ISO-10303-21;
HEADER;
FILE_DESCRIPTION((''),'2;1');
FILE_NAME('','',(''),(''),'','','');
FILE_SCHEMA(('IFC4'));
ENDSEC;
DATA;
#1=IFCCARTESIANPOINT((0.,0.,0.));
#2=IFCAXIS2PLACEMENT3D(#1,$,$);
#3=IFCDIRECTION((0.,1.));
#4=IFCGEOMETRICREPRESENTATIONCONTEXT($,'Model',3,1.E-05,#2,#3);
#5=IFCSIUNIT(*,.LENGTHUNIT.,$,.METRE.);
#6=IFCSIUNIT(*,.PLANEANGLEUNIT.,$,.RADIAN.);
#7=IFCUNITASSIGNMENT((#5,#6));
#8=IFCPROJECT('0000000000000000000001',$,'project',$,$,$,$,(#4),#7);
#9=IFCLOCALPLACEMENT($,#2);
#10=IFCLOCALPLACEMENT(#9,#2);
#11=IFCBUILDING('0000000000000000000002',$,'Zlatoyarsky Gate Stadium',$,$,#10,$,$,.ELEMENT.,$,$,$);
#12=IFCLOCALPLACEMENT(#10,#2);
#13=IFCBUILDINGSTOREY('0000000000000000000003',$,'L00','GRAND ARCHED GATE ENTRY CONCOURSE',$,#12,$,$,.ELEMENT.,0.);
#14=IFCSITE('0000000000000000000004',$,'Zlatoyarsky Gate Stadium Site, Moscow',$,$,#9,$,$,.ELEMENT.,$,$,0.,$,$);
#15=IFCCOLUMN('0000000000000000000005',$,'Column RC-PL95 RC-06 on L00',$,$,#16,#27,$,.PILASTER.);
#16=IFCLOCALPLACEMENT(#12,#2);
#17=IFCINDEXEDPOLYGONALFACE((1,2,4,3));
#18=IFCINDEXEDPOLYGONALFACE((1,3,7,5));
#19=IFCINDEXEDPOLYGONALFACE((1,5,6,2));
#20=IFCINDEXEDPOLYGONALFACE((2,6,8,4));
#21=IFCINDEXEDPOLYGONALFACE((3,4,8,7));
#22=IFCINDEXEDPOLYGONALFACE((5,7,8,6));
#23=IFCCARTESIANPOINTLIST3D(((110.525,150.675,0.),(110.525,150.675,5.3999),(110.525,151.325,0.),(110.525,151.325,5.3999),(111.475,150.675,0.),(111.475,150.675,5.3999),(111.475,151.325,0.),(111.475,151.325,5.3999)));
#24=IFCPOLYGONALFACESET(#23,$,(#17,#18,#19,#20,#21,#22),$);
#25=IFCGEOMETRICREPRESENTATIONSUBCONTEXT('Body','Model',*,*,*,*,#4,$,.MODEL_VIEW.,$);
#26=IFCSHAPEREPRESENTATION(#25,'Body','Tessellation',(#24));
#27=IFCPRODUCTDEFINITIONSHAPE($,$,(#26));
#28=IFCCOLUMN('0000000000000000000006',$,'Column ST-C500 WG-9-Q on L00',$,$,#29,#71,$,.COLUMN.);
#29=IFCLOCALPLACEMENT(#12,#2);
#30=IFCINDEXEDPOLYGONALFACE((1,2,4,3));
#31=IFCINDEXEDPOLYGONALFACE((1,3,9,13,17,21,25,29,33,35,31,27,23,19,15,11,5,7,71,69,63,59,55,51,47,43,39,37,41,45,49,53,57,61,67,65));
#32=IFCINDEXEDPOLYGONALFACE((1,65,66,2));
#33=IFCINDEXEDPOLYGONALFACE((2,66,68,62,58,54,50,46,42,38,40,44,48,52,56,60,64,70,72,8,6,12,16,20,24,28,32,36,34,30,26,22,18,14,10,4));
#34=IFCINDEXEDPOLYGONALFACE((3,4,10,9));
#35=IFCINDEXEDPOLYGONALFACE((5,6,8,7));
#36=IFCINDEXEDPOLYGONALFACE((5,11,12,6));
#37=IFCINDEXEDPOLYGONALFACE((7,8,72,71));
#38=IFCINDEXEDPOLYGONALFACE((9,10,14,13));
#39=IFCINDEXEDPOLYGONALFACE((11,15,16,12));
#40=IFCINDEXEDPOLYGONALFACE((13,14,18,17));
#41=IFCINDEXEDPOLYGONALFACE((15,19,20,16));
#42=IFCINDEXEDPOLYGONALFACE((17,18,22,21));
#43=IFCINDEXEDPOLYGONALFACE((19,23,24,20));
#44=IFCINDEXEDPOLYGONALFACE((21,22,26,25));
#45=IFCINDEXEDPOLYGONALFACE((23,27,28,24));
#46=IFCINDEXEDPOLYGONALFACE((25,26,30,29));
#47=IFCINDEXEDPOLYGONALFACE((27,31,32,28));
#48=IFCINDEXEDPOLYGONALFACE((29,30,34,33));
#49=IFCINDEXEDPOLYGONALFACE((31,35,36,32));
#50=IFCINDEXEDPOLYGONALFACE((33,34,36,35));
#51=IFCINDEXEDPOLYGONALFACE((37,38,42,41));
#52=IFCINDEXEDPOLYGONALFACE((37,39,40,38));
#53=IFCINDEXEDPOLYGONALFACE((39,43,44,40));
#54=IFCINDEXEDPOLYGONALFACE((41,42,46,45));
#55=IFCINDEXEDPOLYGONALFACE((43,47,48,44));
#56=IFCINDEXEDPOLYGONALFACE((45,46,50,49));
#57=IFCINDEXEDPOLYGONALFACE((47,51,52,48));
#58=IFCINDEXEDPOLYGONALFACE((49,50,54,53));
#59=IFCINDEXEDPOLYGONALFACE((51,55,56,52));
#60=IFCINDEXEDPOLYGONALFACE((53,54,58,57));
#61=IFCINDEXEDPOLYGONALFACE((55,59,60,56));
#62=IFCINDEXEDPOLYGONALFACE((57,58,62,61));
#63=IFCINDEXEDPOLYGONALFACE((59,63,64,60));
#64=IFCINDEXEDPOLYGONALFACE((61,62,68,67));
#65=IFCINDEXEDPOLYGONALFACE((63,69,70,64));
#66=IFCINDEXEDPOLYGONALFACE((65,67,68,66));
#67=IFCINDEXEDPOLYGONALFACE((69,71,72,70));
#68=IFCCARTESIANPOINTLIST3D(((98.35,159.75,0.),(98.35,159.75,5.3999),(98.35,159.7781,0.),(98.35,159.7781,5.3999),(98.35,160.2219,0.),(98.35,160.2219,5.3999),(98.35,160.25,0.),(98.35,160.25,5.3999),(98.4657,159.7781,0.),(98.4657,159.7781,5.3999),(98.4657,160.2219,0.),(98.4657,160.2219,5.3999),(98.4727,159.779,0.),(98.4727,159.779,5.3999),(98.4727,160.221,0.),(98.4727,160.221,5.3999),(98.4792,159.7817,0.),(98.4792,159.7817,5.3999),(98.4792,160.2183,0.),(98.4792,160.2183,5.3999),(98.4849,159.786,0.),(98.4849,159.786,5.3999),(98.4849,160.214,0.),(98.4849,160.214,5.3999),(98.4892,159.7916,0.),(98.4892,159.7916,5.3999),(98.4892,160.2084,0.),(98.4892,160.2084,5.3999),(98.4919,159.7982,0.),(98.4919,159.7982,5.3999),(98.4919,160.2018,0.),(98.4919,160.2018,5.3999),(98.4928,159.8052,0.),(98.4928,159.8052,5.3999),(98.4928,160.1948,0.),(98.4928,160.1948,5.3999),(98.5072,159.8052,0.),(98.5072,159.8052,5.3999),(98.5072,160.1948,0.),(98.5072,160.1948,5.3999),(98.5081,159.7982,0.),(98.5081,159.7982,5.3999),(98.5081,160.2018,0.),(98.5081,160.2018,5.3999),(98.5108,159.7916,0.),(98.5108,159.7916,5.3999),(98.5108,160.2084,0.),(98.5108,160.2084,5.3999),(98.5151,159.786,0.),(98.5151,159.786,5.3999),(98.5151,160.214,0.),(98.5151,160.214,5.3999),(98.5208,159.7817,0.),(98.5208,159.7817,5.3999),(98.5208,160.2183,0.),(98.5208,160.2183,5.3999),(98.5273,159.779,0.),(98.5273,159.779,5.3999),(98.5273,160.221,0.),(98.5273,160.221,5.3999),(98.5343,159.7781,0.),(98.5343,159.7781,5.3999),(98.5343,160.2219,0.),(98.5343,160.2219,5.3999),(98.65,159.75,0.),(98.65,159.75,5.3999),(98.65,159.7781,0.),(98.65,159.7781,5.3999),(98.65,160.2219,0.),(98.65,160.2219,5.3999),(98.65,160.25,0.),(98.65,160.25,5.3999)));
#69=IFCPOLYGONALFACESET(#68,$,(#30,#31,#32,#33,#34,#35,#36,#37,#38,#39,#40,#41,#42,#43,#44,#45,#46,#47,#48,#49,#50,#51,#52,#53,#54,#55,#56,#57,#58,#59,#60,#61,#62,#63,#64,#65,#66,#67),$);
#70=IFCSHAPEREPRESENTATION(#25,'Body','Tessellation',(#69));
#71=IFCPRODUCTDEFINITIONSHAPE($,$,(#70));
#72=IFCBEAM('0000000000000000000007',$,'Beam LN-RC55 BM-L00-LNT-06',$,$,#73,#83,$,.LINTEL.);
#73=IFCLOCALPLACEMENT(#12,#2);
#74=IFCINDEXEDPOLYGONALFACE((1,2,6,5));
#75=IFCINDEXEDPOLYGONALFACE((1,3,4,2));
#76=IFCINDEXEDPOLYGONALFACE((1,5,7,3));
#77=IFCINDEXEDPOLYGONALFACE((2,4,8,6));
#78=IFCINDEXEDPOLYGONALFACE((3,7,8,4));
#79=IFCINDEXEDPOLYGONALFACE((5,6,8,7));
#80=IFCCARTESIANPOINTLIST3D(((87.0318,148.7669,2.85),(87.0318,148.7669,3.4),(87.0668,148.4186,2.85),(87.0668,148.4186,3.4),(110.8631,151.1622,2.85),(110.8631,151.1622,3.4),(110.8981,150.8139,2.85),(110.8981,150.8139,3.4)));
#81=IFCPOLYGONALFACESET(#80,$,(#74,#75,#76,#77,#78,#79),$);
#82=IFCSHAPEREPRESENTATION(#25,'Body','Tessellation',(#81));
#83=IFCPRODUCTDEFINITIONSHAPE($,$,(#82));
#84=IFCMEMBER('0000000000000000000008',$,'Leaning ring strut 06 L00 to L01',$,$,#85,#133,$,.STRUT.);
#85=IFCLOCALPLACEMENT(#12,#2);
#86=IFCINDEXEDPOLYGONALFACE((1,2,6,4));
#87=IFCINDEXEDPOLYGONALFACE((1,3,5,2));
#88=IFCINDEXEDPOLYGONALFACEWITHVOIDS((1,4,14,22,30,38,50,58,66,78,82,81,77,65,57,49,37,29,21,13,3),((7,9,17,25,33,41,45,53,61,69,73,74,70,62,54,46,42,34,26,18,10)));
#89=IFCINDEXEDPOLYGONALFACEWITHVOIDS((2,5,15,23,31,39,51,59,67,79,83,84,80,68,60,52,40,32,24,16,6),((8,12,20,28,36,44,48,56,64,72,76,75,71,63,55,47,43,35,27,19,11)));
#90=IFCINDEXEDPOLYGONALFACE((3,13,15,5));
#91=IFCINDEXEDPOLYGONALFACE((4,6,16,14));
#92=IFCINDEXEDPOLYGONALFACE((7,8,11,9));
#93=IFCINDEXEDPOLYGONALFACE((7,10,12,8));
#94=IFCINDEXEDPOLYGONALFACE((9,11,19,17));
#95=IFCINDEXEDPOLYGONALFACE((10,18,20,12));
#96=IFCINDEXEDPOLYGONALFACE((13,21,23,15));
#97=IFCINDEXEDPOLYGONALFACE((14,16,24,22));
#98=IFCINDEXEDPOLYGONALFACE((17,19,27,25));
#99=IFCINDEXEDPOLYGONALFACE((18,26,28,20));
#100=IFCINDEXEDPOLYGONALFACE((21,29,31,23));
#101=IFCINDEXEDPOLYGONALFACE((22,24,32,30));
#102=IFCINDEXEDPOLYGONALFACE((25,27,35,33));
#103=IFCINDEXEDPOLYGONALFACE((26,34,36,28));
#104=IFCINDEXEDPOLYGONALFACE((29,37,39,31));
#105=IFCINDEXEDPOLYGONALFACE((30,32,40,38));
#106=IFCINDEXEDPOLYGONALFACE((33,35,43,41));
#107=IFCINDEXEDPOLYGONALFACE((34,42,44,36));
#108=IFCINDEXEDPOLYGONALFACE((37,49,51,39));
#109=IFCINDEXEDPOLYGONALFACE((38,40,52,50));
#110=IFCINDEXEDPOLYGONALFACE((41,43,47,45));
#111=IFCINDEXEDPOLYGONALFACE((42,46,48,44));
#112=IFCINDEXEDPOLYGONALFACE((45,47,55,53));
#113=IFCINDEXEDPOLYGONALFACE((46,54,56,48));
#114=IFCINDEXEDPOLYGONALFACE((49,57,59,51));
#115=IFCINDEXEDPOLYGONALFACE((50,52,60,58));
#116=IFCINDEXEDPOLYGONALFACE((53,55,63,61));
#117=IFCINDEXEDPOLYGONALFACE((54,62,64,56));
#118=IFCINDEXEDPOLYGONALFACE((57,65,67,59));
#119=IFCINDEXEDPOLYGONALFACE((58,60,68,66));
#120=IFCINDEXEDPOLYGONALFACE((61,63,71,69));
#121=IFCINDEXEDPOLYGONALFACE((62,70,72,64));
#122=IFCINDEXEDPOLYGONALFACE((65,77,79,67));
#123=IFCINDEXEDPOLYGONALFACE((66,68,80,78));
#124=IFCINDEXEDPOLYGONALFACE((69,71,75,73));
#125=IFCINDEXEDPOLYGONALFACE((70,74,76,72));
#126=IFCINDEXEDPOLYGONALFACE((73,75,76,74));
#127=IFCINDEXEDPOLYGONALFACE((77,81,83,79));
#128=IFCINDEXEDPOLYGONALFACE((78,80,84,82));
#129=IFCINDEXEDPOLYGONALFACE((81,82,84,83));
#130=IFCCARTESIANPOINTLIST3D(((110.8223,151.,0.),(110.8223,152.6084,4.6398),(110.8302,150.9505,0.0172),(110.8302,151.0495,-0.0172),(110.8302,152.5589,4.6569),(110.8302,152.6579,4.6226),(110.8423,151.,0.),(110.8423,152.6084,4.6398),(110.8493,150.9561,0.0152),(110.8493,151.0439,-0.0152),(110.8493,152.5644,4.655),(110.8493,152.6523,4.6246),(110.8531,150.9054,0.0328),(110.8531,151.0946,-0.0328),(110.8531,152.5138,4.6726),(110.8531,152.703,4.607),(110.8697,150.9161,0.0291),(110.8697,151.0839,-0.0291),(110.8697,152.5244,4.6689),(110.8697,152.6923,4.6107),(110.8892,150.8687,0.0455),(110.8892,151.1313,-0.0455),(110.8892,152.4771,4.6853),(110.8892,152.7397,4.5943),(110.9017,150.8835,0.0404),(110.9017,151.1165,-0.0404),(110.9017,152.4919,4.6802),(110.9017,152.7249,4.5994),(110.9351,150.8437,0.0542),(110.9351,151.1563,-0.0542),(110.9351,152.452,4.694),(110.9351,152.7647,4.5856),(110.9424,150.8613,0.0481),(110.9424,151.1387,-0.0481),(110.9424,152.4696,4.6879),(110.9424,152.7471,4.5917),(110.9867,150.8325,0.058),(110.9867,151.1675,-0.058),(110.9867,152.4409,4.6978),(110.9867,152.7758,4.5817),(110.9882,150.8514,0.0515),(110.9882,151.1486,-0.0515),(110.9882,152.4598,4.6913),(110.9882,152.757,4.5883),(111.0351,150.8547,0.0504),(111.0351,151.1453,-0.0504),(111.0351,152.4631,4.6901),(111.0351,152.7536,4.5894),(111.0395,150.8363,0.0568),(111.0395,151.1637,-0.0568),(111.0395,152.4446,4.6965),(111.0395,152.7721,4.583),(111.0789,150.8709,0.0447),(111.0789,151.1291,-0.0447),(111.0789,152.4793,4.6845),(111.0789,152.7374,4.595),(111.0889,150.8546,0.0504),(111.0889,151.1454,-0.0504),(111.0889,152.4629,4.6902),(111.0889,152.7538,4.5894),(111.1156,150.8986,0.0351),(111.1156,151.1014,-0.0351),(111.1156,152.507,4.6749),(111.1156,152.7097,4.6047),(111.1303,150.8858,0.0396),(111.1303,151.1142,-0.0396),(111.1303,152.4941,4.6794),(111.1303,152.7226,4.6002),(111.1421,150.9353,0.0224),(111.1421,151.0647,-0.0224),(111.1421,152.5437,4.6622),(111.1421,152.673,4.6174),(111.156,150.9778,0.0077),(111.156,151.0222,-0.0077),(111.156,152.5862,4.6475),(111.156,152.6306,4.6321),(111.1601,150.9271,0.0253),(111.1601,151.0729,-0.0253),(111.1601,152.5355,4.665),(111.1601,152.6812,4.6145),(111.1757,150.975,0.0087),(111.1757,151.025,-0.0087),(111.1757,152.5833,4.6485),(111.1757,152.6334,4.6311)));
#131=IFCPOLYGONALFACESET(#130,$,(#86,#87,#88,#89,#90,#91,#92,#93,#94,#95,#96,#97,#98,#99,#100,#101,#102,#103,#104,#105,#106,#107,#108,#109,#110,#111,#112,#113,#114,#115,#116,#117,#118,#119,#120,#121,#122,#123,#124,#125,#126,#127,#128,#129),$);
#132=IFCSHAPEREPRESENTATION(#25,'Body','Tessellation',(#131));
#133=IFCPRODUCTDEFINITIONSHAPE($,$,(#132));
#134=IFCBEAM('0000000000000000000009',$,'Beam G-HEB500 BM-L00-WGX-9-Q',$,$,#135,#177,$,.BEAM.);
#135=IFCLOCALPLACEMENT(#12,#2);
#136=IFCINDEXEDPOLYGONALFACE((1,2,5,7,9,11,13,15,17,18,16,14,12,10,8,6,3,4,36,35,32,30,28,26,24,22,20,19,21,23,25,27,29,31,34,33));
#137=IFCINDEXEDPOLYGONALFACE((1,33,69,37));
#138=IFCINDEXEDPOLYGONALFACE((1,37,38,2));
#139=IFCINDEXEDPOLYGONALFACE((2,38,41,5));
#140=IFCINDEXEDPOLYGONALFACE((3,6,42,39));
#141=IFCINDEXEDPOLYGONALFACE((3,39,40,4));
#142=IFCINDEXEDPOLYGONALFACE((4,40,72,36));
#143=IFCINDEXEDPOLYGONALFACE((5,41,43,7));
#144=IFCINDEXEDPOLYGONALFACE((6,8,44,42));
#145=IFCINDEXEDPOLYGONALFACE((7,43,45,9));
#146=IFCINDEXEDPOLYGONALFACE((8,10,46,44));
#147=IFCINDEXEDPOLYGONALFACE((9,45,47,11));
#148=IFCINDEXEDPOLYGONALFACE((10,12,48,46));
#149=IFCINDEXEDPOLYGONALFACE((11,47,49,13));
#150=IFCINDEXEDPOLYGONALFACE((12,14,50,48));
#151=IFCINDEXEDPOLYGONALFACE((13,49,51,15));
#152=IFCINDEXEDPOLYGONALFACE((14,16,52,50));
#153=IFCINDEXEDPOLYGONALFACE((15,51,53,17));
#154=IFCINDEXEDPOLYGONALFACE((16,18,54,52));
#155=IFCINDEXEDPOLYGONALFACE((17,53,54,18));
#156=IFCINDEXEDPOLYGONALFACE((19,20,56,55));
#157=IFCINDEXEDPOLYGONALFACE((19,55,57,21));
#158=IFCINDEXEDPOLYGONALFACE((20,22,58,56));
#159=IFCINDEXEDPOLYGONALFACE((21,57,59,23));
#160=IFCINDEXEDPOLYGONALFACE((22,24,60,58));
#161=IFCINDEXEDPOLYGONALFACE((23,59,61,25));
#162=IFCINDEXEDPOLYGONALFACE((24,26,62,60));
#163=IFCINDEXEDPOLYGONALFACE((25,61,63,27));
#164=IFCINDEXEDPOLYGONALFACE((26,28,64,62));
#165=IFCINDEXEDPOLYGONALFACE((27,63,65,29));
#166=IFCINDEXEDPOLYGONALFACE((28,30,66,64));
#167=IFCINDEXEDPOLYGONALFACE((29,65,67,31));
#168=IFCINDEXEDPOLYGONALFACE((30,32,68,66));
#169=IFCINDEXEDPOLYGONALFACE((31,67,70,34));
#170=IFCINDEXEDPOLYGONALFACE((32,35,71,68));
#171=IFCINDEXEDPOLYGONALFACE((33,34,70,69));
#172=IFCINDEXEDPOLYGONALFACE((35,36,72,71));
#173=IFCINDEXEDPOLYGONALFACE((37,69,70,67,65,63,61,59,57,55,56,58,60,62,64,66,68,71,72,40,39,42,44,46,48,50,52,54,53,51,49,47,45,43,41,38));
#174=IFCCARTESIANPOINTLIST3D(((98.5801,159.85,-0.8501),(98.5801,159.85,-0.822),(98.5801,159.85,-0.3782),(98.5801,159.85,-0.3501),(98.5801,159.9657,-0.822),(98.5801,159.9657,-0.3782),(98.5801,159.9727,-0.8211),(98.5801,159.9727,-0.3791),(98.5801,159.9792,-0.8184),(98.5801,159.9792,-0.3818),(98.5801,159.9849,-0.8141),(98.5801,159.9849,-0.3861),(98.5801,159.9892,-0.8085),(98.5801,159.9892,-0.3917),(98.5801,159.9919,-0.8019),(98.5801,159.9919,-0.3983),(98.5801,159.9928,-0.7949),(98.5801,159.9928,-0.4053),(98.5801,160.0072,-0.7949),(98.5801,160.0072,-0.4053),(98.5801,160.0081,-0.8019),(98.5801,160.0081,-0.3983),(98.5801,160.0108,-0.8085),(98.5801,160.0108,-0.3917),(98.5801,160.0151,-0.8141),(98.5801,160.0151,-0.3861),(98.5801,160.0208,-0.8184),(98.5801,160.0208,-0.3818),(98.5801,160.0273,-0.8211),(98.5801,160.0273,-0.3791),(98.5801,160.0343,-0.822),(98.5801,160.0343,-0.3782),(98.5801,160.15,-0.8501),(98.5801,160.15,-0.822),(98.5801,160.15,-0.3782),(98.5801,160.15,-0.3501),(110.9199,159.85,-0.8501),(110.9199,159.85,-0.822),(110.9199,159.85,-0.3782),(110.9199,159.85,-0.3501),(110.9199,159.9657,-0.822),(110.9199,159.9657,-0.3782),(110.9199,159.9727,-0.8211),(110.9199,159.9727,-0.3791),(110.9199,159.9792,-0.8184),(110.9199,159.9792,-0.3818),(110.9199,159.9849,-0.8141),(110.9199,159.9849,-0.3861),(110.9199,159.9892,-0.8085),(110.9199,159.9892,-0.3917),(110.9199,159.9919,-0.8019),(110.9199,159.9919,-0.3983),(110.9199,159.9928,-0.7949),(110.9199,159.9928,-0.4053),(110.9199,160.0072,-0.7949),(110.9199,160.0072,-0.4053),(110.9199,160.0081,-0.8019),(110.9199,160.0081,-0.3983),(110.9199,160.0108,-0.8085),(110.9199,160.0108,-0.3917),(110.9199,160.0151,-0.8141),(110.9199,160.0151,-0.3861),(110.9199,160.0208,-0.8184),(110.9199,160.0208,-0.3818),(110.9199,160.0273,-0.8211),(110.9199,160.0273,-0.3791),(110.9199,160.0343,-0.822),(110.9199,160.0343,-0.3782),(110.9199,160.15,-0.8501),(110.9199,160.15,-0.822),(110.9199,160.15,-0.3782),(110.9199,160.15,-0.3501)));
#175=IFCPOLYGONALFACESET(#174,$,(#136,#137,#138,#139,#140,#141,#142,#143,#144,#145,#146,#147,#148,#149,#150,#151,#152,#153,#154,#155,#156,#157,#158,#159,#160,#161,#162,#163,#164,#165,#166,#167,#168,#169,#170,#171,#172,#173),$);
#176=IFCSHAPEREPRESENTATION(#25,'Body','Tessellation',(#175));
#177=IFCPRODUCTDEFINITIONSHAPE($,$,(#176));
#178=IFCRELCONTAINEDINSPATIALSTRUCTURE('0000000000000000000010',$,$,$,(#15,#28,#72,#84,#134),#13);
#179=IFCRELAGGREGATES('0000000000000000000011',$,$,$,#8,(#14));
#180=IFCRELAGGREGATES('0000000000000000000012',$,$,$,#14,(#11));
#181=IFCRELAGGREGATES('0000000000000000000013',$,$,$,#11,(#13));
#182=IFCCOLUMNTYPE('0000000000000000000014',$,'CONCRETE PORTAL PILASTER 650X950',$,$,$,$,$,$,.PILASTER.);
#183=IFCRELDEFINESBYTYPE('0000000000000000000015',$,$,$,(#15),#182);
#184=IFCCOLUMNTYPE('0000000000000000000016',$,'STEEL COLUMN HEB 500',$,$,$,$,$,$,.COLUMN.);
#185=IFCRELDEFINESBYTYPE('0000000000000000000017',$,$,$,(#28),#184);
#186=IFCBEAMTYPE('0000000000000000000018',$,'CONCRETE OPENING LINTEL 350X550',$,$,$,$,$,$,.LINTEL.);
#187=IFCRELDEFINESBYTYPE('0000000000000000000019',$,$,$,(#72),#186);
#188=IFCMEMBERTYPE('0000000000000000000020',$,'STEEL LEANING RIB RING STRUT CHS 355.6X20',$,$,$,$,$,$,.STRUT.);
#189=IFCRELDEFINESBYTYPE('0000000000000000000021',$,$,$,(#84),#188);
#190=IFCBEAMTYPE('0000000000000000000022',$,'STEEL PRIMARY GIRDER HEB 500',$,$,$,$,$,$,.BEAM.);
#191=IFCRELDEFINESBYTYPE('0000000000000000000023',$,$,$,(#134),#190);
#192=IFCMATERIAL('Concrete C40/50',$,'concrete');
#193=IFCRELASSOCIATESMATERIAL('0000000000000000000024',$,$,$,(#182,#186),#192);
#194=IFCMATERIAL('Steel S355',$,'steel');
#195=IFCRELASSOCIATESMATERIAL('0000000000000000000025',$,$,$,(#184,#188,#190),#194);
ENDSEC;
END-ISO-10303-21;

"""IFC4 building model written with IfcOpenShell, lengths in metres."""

from ifc_helpers import new_model, si_unit, direction, frame, origin, origin_2d, place, context, subcontext, project, spatial, rectangle, hollow_circle, i_section, extrude, material, material_profile, profile_set, type_object, element, save


model = new_model("IFC4")

# Units and contexts
model_context = context("Model", 3, precision=1e-05, world=origin(), true_north=direction((0.0, 1.0)))
body_context = subcontext(model_context, "Body", "Model", "MODEL_VIEW")
ifc_project = project(units=[si_unit("LENGTHUNIT", "METRE"), si_unit("PLANEANGLEUNIT", "RADIAN")], contexts=[model_context])

# Site, building, storey
site_placement = place(None, origin())
site = spatial("IfcSite", under=ifc_project, at=site_placement, Name="Zlatoyarsky Gate Stadium Site, Moscow", CompositionType="ELEMENT", RefElevation=0.0)
building_placement = place(site_placement, origin())
building = spatial("IfcBuilding", under=site, at=building_placement, Name="Zlatoyarsky Gate Stadium", CompositionType="ELEMENT")
storey_placement = place(building_placement, origin())
storey = spatial("IfcBuildingStorey", under=building, at=storey_placement, Name="L00", Description="GRAND ARCHED GATE ENTRY CONCOURSE", CompositionType="ELEMENT", Elevation=0.0)

# Columns
ifc_material_1 = material(Name="Concrete C40/50", Category="concrete")
ifc_material_profile_1 = material_profile(ifc_material_1, rectangle(XDim=0.6499, YDim=0.95, at=origin_2d()), Name="RC PILASTER 650X950")
ifc_profile_set_1 = profile_set([ifc_material_profile_1], Name="Concrete C40/50")
column_type_1 = type_object("IfcColumnType", Name="CONCRETE PORTAL PILASTER 650X950", PredefinedType="PILASTER", material=ifc_profile_set_1)
column_1_placement = place(storey_placement, frame((111.0, 151.0, 0.0), z_axis=(0.0, 0.0, 1.0), x_axis=(0.0, 1.0, 0.0)))
element("IfcColumn", 1, at=column_1_placement, inside=storey, type_object=column_type_1, Name="Column RC-PL95 RC-06 on L00", PredefinedType="PILASTER", context=body_context, shape_type="SweptSolid", body=[
    extrude(rectangle(XDim=0.6499, YDim=0.95, at=origin_2d()), origin(), (0.0, 0.0, 1.0), 5.3999),
])
ifc_material_2 = material(Name="Steel S355", Category="steel")
ifc_material_profile_2 = material_profile(ifc_material_2, i_section(OverallWidth=0.3, OverallDepth=0.5, WebThickness=0.0144, FlangeThickness=0.0281, FilletRadius=0.0271, at=origin_2d()), Name="HEB 500")
ifc_profile_set_2 = profile_set([ifc_material_profile_2], Name="Steel S355")
column_type_2 = type_object("IfcColumnType", Name="STEEL COLUMN HEB 500", PredefinedType="COLUMN", material=ifc_profile_set_2)
column_2_placement = place(storey_placement, frame((98.5, 160.0, 0.0), z_axis=(0.0, 0.0, 1.0), x_axis=(1.0, 0.0, 0.0)))
element("IfcColumn", 2, at=column_2_placement, inside=storey, type_object=column_type_2, Name="Column ST-C500 WG-9-Q on L00", PredefinedType="COLUMN", context=body_context, shape_type="SweptSolid", body=[
    extrude(i_section(OverallWidth=0.3, OverallDepth=0.5, WebThickness=0.0144, FlangeThickness=0.0281, FilletRadius=0.0271, at=origin_2d()), origin(), (0.0, 0.0, 1.0), 5.3999),
])

# Beam
ifc_material_profile_3 = material_profile(ifc_material_1, rectangle(XDim=0.3501, YDim=0.55, at=origin_2d()), Name="RC LINTEL 350X550")
ifc_profile_set_3 = profile_set([ifc_material_profile_3], Name="Concrete C40/50")
beam_type_1 = type_object("IfcBeamType", Name="CONCRETE OPENING LINTEL 350X550", PredefinedType="LINTEL", material=ifc_profile_set_3)
beam_1_placement = place(storey_placement, frame((110.8806, 150.988, 3.125), z_axis=(-0.994987, -0.100005, 0.0), x_axis=(0.100005, -0.994987, 0.0)))
element("IfcBeam", 3, at=beam_1_placement, inside=storey, type_object=beam_type_1, Name="Beam LN-RC55 BM-L00-LNT-06", PredefinedType="LINTEL", context=body_context, shape_type="SweptSolid", body=[
    extrude(rectangle(XDim=0.3501, YDim=0.55, at=origin_2d()), origin(), (0.0, 0.0, 1.0), 23.9514),
])

# Member
ifc_material_profile_4 = material_profile(ifc_material_2, hollow_circle(Radius=0.1777, WallThickness=0.02, at=origin_2d()), Name="CHS 355.6X20")
ifc_profile_set_4 = profile_set([ifc_material_profile_4], Name="Steel S355")
member_type = type_object("IfcMemberType", Name="STEEL LEANING RIB RING STRUT CHS 355.6X20", PredefinedType="STRUT", material=ifc_profile_set_4)
member_placement = place(storey_placement, frame((111.0, 151.0, 0.0), z_axis=(0.0, 0.327525, 0.944842), x_axis=(-1.0, 0.0, 0.0)))
element("IfcMember", 4, at=member_placement, inside=storey, type_object=member_type, Name="Leaning ring strut 06 L00 to L01", PredefinedType="STRUT", context=body_context, shape_type="SweptSolid", body=[
    extrude(hollow_circle(Radius=0.1777, WallThickness=0.02, at=origin_2d()), origin(), (0.0, 0.0, 1.0), 4.9106),
])

# Beam
ifc_material_profile_5 = material_profile(ifc_material_2, i_section(OverallWidth=0.3, OverallDepth=0.5, WebThickness=0.0144, FlangeThickness=0.0281, FilletRadius=0.0271, at=origin_2d()), Name="HEB 500")
ifc_profile_set_5 = profile_set([ifc_material_profile_5], Name="Steel S355")
beam_type_2 = type_object("IfcBeamType", Name="STEEL PRIMARY GIRDER HEB 500", PredefinedType="BEAM", material=ifc_profile_set_5)
beam_2_placement = place(storey_placement, frame((98.5801, 160.0, -0.6001), z_axis=(1.0, 0.0, 0.0), x_axis=(0.0, 1.0, 0.0)))
element("IfcBeam", 5, at=beam_2_placement, inside=storey, type_object=beam_type_2, Name="Beam G-HEB500 BM-L00-WGX-9-Q", PredefinedType="BEAM", context=body_context, shape_type="SweptSolid", body=[
    extrude(i_section(OverallWidth=0.3, OverallDepth=0.5, WebThickness=0.0144, FlangeThickness=0.0281, FilletRadius=0.0271, at=origin_2d()), origin(), (0.0, 0.0, 1.0), 12.3398),
])

save(model, "model.ifc")
